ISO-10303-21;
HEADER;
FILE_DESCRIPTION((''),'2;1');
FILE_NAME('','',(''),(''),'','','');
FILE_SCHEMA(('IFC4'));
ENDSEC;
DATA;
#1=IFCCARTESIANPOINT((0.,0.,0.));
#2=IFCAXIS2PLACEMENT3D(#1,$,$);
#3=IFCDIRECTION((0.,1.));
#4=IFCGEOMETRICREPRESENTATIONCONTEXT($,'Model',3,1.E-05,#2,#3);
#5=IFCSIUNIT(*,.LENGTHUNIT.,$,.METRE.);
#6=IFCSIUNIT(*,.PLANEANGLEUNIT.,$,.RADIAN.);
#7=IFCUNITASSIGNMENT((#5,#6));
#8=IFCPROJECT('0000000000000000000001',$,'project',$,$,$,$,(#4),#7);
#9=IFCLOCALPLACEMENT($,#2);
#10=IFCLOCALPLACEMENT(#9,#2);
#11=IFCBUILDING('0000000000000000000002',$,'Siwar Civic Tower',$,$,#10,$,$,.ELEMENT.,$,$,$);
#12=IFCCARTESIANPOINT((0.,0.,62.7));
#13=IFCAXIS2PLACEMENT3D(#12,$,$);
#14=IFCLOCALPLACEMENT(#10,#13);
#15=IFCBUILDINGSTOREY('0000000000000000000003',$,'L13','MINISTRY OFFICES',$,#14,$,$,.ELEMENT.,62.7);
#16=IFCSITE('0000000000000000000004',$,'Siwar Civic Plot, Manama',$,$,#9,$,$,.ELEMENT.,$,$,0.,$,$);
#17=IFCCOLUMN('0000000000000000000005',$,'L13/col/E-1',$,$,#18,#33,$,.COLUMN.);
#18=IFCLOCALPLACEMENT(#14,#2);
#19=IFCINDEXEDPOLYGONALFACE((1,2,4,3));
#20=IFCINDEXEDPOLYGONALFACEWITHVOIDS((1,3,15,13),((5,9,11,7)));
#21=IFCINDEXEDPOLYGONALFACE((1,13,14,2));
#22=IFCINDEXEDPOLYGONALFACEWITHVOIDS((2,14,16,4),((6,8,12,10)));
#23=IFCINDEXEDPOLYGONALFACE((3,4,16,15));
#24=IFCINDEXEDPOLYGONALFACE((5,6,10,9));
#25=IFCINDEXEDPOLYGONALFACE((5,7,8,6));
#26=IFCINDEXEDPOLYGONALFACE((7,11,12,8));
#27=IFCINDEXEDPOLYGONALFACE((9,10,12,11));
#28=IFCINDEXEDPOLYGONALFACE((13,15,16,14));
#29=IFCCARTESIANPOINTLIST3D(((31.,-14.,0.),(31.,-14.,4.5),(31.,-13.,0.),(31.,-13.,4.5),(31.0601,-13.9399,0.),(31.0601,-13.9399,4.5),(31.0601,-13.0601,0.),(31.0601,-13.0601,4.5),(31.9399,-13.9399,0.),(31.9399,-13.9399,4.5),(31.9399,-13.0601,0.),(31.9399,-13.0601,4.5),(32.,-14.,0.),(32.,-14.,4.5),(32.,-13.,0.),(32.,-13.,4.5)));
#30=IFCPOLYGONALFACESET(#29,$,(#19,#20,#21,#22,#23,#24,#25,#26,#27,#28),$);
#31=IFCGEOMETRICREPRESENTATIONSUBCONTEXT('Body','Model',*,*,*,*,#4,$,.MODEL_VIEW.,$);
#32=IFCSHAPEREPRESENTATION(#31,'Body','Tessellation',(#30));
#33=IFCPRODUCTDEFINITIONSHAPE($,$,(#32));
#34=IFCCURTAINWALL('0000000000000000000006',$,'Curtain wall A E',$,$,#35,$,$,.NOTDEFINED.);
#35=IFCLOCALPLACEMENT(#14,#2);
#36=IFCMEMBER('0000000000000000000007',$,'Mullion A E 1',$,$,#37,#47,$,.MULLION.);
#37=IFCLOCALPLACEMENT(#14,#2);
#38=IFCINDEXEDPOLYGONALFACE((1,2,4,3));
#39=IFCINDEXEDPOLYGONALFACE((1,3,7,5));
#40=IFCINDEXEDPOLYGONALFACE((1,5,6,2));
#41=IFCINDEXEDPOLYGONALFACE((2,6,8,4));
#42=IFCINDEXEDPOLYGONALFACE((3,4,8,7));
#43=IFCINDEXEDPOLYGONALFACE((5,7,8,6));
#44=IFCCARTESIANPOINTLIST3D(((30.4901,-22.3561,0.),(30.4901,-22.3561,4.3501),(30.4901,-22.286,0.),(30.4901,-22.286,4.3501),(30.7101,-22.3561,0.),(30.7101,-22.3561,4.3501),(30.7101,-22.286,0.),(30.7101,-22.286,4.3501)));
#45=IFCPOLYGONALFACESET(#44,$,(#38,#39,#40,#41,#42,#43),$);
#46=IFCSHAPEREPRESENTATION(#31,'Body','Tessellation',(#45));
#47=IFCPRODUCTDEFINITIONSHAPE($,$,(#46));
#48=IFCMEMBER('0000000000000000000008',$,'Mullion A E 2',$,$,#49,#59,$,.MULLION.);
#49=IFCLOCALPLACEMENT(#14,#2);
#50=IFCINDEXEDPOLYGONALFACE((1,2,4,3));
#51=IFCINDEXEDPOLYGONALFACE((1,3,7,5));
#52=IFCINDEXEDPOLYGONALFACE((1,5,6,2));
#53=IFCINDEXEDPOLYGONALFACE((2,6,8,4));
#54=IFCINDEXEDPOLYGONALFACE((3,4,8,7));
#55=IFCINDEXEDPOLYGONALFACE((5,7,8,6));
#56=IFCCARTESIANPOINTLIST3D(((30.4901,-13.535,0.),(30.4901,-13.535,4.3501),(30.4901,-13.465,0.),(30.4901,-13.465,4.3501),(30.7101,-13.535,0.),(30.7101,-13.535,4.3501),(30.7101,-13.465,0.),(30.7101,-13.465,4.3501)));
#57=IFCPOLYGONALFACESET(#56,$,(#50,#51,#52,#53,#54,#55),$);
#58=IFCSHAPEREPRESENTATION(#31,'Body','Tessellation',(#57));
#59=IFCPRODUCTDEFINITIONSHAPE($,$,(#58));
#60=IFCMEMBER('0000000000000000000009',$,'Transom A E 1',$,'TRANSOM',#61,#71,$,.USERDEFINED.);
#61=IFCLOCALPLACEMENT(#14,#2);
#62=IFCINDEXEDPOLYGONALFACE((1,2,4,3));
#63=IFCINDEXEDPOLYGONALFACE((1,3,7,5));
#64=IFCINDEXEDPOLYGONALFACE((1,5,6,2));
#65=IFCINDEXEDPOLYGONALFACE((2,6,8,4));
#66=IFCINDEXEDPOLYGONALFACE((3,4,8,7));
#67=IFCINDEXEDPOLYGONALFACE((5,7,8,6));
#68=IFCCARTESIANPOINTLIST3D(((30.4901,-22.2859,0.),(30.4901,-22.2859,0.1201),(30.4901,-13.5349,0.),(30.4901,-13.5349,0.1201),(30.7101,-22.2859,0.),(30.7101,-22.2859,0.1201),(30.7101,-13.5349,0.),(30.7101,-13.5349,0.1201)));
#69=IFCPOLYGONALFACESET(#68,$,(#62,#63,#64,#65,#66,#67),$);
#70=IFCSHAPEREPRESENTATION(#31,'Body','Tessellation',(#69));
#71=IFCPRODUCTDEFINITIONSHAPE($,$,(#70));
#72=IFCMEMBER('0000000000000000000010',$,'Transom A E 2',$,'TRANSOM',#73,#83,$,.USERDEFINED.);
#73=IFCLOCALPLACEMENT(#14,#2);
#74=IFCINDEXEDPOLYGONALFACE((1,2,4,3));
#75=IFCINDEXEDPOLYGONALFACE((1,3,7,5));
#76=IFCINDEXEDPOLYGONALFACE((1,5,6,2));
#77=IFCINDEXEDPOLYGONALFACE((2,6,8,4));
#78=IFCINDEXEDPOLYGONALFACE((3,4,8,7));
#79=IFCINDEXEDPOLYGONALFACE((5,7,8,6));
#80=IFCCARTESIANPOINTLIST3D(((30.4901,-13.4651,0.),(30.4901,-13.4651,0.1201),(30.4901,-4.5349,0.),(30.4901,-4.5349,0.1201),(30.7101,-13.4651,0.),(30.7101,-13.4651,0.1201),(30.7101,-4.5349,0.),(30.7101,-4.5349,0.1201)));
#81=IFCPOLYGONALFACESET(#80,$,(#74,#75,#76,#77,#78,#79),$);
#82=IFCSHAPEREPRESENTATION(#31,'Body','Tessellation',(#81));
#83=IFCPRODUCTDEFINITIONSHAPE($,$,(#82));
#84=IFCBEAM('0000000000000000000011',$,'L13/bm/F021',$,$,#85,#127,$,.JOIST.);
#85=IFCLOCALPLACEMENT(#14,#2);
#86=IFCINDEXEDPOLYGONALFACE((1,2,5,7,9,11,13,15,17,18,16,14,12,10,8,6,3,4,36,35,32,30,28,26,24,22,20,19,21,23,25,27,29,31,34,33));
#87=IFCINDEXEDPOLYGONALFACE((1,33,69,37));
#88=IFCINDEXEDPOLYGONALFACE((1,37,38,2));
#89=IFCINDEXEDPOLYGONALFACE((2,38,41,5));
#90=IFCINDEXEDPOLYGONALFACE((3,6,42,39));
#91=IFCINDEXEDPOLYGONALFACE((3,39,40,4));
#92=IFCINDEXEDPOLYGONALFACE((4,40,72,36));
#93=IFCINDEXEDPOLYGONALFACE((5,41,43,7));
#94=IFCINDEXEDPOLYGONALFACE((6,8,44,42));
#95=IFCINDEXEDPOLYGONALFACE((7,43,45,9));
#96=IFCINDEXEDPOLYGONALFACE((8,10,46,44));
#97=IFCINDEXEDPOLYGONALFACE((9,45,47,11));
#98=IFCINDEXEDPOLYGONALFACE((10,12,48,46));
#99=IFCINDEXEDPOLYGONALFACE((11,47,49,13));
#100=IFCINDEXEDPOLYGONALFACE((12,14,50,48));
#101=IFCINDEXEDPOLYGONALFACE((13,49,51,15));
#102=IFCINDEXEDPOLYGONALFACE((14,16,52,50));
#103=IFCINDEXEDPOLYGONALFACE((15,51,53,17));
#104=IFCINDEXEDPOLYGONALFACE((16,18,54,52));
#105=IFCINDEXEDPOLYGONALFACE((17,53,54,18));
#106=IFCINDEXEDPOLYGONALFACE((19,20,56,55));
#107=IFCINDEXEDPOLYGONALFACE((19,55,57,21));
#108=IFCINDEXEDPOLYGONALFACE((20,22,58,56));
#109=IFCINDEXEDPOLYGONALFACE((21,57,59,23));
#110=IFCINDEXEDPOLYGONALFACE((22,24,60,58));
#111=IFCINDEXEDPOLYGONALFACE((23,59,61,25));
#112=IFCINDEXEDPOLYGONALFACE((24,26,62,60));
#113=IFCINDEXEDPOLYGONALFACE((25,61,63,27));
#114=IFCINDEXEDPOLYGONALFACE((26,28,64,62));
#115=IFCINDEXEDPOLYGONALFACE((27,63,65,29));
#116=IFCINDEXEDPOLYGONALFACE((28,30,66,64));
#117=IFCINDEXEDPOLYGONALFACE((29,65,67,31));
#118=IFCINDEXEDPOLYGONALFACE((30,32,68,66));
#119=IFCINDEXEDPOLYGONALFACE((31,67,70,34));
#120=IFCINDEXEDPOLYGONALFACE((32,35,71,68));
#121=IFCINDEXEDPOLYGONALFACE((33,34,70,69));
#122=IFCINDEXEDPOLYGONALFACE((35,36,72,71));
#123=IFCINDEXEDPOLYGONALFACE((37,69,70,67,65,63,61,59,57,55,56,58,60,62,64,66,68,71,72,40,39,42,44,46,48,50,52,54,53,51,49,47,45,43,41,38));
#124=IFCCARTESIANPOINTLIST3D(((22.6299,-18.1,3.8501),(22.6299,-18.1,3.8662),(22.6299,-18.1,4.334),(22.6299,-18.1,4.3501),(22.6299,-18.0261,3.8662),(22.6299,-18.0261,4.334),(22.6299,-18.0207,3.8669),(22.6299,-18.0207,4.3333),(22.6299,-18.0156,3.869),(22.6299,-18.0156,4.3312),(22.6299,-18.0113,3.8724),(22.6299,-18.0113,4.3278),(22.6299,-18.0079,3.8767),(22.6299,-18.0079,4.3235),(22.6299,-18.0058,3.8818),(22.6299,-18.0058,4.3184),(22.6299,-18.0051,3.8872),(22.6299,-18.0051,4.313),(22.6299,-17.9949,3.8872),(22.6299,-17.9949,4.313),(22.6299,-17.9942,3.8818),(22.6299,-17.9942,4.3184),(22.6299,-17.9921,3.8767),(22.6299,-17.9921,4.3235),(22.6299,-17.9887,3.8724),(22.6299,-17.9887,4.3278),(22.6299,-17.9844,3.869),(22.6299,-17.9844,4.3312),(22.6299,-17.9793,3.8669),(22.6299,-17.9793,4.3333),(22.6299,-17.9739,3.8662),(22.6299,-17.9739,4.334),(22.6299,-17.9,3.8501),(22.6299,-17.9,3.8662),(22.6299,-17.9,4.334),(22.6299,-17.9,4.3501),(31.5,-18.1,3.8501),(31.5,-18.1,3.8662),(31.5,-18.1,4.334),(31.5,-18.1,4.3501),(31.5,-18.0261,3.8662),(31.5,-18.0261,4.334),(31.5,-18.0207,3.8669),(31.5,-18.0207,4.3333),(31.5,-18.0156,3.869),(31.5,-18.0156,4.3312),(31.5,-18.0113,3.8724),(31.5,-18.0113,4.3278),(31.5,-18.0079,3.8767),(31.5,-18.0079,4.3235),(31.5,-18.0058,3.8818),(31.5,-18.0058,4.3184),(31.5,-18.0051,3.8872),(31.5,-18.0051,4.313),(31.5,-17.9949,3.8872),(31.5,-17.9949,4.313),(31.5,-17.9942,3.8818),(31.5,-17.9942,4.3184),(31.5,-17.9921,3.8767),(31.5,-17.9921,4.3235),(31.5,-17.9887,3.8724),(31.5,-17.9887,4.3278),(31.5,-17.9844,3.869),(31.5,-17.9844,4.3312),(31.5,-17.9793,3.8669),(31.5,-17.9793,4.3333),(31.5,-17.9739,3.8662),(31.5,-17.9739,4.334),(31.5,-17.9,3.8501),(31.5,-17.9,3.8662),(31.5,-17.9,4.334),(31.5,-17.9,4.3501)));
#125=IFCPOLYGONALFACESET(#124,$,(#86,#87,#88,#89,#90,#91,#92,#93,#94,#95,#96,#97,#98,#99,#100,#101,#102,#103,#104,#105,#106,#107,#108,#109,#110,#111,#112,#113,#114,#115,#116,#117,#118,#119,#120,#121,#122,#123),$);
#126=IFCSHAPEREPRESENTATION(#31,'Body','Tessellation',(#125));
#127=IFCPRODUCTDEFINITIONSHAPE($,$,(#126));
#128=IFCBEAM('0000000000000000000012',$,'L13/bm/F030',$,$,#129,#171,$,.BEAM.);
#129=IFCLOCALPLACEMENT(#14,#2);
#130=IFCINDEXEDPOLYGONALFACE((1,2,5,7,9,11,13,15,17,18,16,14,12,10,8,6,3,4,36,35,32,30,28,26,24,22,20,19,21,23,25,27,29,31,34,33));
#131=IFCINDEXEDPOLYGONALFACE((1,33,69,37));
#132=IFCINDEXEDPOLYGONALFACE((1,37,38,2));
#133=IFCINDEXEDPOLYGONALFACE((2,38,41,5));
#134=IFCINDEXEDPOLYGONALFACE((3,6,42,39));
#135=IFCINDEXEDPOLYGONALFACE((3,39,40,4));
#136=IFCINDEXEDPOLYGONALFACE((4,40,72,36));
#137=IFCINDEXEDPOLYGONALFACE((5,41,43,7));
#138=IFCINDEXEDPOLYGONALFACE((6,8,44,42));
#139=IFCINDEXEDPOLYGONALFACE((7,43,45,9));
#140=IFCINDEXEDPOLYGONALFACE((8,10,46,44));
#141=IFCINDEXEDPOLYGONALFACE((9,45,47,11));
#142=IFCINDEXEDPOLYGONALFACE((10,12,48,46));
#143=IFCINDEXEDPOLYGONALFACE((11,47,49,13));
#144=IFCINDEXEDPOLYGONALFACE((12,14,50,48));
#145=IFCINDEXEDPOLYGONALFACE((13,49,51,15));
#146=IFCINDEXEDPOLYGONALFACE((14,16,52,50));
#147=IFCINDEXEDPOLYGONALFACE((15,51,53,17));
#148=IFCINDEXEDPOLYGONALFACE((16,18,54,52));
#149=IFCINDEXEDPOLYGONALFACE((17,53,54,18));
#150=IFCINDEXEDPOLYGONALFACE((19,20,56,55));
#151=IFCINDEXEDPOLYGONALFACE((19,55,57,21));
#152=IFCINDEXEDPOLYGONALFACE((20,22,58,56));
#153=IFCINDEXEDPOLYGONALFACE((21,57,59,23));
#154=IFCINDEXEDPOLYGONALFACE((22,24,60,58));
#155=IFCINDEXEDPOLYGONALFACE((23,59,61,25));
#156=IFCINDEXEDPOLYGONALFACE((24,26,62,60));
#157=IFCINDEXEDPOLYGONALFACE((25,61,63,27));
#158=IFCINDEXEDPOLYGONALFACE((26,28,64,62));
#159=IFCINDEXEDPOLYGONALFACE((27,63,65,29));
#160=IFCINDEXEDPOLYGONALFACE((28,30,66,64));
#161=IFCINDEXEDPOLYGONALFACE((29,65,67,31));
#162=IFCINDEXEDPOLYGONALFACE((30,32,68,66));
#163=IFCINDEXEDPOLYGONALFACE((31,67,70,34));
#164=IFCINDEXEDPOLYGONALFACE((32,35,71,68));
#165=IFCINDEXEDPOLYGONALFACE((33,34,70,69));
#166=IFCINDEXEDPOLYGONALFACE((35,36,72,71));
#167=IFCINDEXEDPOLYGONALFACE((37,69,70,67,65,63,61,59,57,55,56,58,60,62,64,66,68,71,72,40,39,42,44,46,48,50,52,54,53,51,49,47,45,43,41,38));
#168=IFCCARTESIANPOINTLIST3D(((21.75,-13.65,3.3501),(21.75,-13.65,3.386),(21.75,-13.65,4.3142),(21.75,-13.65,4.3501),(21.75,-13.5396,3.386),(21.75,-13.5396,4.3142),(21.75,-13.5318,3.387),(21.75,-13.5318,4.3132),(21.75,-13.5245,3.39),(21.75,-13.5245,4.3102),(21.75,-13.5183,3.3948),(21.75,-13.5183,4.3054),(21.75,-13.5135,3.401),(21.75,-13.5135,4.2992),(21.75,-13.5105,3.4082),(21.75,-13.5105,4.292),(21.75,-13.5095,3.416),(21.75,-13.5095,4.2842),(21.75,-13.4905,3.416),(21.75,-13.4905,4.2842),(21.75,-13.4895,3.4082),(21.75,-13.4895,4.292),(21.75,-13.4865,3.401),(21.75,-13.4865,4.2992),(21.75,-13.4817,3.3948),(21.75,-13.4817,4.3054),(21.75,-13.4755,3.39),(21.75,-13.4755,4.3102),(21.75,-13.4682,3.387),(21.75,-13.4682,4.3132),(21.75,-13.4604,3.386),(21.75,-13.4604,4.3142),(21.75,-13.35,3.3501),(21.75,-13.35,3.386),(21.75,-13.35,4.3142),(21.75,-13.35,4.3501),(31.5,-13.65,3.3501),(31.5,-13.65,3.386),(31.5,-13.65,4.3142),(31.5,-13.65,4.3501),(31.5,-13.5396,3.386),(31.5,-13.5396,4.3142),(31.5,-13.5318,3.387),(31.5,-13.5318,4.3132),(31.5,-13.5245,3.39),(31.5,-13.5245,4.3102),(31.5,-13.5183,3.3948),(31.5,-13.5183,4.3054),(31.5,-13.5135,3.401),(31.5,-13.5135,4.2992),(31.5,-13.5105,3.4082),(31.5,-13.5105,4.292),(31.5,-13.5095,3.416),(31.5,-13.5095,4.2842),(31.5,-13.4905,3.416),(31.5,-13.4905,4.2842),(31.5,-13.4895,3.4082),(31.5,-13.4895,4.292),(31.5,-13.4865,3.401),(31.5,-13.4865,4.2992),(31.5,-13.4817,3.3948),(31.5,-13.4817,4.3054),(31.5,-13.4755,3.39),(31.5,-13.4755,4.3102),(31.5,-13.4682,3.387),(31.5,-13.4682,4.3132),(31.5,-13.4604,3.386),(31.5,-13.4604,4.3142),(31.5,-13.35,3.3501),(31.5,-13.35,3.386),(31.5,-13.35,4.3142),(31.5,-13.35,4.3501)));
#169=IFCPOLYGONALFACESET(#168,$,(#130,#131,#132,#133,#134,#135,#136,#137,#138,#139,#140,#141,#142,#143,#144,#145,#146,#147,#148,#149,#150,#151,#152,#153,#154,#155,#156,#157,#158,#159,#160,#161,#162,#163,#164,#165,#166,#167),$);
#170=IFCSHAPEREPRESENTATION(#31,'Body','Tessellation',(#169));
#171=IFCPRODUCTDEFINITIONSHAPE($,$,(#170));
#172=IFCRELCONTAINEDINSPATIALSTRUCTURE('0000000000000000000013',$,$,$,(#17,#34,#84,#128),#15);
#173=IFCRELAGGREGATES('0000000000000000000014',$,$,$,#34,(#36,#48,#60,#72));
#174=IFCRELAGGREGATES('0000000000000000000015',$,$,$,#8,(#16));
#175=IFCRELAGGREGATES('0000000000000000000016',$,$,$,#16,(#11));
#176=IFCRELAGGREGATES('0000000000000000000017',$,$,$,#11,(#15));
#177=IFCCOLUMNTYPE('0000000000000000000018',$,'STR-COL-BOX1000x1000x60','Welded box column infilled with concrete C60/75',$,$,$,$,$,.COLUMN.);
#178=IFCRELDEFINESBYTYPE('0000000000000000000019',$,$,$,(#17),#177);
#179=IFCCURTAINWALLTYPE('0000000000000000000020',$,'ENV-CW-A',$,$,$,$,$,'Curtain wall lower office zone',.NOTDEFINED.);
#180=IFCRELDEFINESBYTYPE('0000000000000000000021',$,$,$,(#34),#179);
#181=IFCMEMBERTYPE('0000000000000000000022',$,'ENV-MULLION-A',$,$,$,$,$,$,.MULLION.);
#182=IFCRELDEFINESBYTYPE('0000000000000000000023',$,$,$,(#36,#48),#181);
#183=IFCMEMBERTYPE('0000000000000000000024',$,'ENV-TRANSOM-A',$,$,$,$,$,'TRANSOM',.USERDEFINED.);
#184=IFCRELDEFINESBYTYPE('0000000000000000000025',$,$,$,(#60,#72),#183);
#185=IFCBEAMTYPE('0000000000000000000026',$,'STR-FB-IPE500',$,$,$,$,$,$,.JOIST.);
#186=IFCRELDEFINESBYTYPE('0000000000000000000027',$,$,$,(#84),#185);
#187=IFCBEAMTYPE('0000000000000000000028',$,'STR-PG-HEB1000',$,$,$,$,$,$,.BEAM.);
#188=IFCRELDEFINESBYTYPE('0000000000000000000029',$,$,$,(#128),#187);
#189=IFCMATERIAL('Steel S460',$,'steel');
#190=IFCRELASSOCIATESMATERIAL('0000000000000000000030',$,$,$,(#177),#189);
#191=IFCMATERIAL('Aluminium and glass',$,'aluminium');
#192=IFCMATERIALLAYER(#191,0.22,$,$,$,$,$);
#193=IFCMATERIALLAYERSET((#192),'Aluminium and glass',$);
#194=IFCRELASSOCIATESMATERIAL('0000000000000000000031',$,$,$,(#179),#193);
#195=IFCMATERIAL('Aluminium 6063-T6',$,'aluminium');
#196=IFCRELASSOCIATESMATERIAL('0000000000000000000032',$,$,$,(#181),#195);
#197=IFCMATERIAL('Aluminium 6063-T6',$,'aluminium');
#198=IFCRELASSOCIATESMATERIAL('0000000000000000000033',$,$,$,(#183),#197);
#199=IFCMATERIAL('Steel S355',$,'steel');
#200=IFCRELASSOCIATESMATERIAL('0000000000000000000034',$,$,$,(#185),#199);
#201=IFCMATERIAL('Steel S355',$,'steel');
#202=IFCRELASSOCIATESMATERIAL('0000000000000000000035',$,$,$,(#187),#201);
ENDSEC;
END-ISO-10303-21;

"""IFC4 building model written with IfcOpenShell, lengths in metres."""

from ifc_helpers import new_model, si_unit, direction, frame, origin, origin_2d, place, context, subcontext, project, spatial, rectangle, hollow_rectangle, i_section, extrude, material, layer, layer_set, material_profile, profile_set, type_object, element, aggregate, save


model = new_model("IFC4")

# Units and contexts
model_context = context("Model", 3, precision=1e-05, world=origin(), true_north=direction((0.0, 1.0)))
body_context = subcontext(model_context, "Body", "Model", "MODEL_VIEW")
ifc_project = project(units=[si_unit("LENGTHUNIT", "METRE"), si_unit("PLANEANGLEUNIT", "RADIAN")], contexts=[model_context])

# Site, building, storey
site_placement = place(None, origin())
site = spatial("IfcSite", under=ifc_project, at=site_placement, Name="Siwar Civic Plot, Manama", CompositionType="ELEMENT", RefElevation=0.0)
building_placement = place(site_placement, origin())
building = spatial("IfcBuilding", under=site, at=building_placement, Name="Siwar Civic Tower", CompositionType="ELEMENT")
storey_placement = place(building_placement, frame((0.0, 0.0, 62.7)))
storey = spatial("IfcBuildingStorey", under=building, at=storey_placement, Name="L13", Description="MINISTRY OFFICES", CompositionType="ELEMENT", Elevation=62.7)

# Column
ifc_material_1 = material(Name="Steel S460", Category="steel")
ifc_material_profile_1 = material_profile(ifc_material_1, hollow_rectangle(XDim=1.0, YDim=1.0, WallThickness=0.0601, at=origin_2d()), Name="BOX1000x1000x60")
ifc_profile_set_1 = profile_set([ifc_material_profile_1], Name="Steel S460")
column_type = type_object("IfcColumnType", Name="STR-COL-BOX1000x1000x60", Description="Welded box column infilled with concrete C60/75", PredefinedType="COLUMN", material=ifc_profile_set_1)
column_placement = place(storey_placement, frame((31.5, -13.5, 0.0), z_axis=(0.0, 0.0, 1.0), x_axis=(1.0, 0.0, 0.0)))
element("IfcColumn", 1, at=column_placement, inside=storey, type_object=column_type, Name="L13/col/E-1", PredefinedType="COLUMN", context=body_context, shape_type="SweptSolid", body=[
    extrude(hollow_rectangle(XDim=1.0, YDim=1.0, WallThickness=0.0601, at=origin_2d()), origin(), (0.0, 0.0, 1.0), 4.5),
])

# Curtain wall, members
ifc_material_2 = material(Name="Aluminium and glass", Category="aluminium")
ifc_layer_1 = layer(ifc_material_2, 0.22)
ifc_layer_set_1 = layer_set([ifc_layer_1], Name="Aluminium and glass")
curtain_wall_type = type_object("IfcCurtainWallType", Name="ENV-CW-A", ElementType="Curtain wall lower office zone", PredefinedType="NOTDEFINED", material=ifc_layer_set_1)
curtain_wall_placement = place(storey_placement, origin())
curtain_wall = element("IfcCurtainWall", 2, at=curtain_wall_placement, inside=storey, type_object=curtain_wall_type, Name="Curtain wall A E", PredefinedType="NOTDEFINED")
ifc_material_3 = material(Name="Aluminium 6063-T6", Category="aluminium")
ifc_material_profile_2 = material_profile(ifc_material_3, rectangle(XDim=0.22, YDim=0.0701, at=origin_2d()), Name="AL 220x70")
ifc_profile_set_2 = profile_set([ifc_material_profile_2], Name="Aluminium 6063-T6")
member_type_1 = type_object("IfcMemberType", Name="ENV-MULLION-A", PredefinedType="MULLION", material=ifc_profile_set_2)
member_1_placement = place(storey_placement, frame((30.6001, -22.321, 0.0), z_axis=(0.0, 0.0, 1.0), x_axis=(-1.0, 0.0, 0.0)))
member_1 = element("IfcMember", 3, at=member_1_placement, type_object=member_type_1, Name="Mullion A E 1", PredefinedType="MULLION", context=body_context, shape_type="SweptSolid", body=[
    extrude(rectangle(XDim=0.22, YDim=0.0701, at=origin_2d()), origin(), (0.0, 0.0, 1.0), 4.3501),
])
member_2_placement = place(storey_placement, frame((30.6001, -13.5, 0.0), z_axis=(0.0, 0.0, 1.0), x_axis=(-1.0, 0.0, 0.0)))
member_2 = element("IfcMember", 4, at=member_2_placement, type_object=member_type_1, Name="Mullion A E 2", PredefinedType="MULLION", context=body_context, shape_type="SweptSolid", body=[
    extrude(rectangle(XDim=0.22, YDim=0.0701, at=origin_2d()), origin(), (0.0, 0.0, 1.0), 4.3501),
])
ifc_material_4 = material(Name="Aluminium 6063-T6", Category="aluminium")
ifc_material_profile_3 = material_profile(ifc_material_4, rectangle(XDim=0.22, YDim=0.1201, at=origin_2d()), Name="AL 220x120")
ifc_profile_set_3 = profile_set([ifc_material_profile_3], Name="Aluminium 6063-T6")
member_type_2 = type_object("IfcMemberType", Name="ENV-TRANSOM-A", ElementType="TRANSOM", PredefinedType="USERDEFINED", material=ifc_profile_set_3)
member_3_placement = place(storey_placement, frame((30.6001, -22.2859, 0.0601), z_axis=(0.0, 1.0, 0.0), x_axis=(-1.0, 0.0, 0.0)))
member_3 = element("IfcMember", 5, at=member_3_placement, type_object=member_type_2, Name="Transom A E 1", ObjectType="TRANSOM", PredefinedType="USERDEFINED", context=body_context, shape_type="SweptSolid", body=[
    extrude(rectangle(XDim=0.22, YDim=0.1201, at=origin_2d()), origin(), (0.0, 0.0, 1.0), 8.751),
])
member_4_placement = place(storey_placement, frame((30.6001, -13.4651, 0.0601), z_axis=(0.0, 1.0, 0.0), x_axis=(-1.0, 0.0, 0.0)))
member_4 = element("IfcMember", 6, at=member_4_placement, type_object=member_type_2, Name="Transom A E 2", ObjectType="TRANSOM", PredefinedType="USERDEFINED", context=body_context, shape_type="SweptSolid", body=[
    extrude(rectangle(XDim=0.22, YDim=0.1201, at=origin_2d()), origin(), (0.0, 0.0, 1.0), 8.9302),
])

# Beams
ifc_material_5 = material(Name="Steel S355", Category="steel")
ifc_material_profile_4 = material_profile(ifc_material_5, i_section(OverallWidth=0.2, OverallDepth=0.5, WebThickness=0.0103, FlangeThickness=0.0161, FilletRadius=0.021, at=origin_2d()), Name="IPE500")
ifc_profile_set_4 = profile_set([ifc_material_profile_4], Name="Steel S355")
beam_type_1 = type_object("IfcBeamType", Name="STR-FB-IPE500", PredefinedType="JOIST", material=ifc_profile_set_4)
beam_1_placement = place(storey_placement, frame((22.6299, -18.0, 4.1001), z_axis=(1.0, 0.0, 0.0), x_axis=(0.0, 1.0, 0.0)))
element("IfcBeam", 7, at=beam_1_placement, inside=storey, type_object=beam_type_1, Name="L13/bm/F021", PredefinedType="JOIST", context=body_context, shape_type="SweptSolid", body=[
    extrude(i_section(OverallWidth=0.2, OverallDepth=0.5, WebThickness=0.0103, FlangeThickness=0.0161, FilletRadius=0.021, at=origin_2d()), origin(), (0.0, 0.0, 1.0), 8.8701),
])
ifc_material_6 = material(Name="Steel S355", Category="steel")
ifc_material_profile_5 = material_profile(ifc_material_6, i_section(OverallWidth=0.3, OverallDepth=1.0, WebThickness=0.019, FlangeThickness=0.0359, FilletRadius=0.03, at=origin_2d()), Name="HEB1000")
ifc_profile_set_5 = profile_set([ifc_material_profile_5], Name="Steel S355")
beam_type_2 = type_object("IfcBeamType", Name="STR-PG-HEB1000", PredefinedType="BEAM", material=ifc_profile_set_5)
beam_2_placement = place(storey_placement, frame((21.75, -13.5, 3.8501), z_axis=(1.0, 0.0, 0.0), x_axis=(0.0, 1.0, 0.0)))
element("IfcBeam", 8, at=beam_2_placement, inside=storey, type_object=beam_type_2, Name="L13/bm/F030", PredefinedType="BEAM", context=body_context, shape_type="SweptSolid", body=[
    extrude(i_section(OverallWidth=0.3, OverallDepth=1.0, WebThickness=0.019, FlangeThickness=0.0359, FilletRadius=0.03, at=origin_2d()), origin(), (0.0, 0.0, 1.0), 9.75),
])

aggregate(curtain_wall, [member_1, member_2, member_3, member_4])

save(model, "model.ifc")
